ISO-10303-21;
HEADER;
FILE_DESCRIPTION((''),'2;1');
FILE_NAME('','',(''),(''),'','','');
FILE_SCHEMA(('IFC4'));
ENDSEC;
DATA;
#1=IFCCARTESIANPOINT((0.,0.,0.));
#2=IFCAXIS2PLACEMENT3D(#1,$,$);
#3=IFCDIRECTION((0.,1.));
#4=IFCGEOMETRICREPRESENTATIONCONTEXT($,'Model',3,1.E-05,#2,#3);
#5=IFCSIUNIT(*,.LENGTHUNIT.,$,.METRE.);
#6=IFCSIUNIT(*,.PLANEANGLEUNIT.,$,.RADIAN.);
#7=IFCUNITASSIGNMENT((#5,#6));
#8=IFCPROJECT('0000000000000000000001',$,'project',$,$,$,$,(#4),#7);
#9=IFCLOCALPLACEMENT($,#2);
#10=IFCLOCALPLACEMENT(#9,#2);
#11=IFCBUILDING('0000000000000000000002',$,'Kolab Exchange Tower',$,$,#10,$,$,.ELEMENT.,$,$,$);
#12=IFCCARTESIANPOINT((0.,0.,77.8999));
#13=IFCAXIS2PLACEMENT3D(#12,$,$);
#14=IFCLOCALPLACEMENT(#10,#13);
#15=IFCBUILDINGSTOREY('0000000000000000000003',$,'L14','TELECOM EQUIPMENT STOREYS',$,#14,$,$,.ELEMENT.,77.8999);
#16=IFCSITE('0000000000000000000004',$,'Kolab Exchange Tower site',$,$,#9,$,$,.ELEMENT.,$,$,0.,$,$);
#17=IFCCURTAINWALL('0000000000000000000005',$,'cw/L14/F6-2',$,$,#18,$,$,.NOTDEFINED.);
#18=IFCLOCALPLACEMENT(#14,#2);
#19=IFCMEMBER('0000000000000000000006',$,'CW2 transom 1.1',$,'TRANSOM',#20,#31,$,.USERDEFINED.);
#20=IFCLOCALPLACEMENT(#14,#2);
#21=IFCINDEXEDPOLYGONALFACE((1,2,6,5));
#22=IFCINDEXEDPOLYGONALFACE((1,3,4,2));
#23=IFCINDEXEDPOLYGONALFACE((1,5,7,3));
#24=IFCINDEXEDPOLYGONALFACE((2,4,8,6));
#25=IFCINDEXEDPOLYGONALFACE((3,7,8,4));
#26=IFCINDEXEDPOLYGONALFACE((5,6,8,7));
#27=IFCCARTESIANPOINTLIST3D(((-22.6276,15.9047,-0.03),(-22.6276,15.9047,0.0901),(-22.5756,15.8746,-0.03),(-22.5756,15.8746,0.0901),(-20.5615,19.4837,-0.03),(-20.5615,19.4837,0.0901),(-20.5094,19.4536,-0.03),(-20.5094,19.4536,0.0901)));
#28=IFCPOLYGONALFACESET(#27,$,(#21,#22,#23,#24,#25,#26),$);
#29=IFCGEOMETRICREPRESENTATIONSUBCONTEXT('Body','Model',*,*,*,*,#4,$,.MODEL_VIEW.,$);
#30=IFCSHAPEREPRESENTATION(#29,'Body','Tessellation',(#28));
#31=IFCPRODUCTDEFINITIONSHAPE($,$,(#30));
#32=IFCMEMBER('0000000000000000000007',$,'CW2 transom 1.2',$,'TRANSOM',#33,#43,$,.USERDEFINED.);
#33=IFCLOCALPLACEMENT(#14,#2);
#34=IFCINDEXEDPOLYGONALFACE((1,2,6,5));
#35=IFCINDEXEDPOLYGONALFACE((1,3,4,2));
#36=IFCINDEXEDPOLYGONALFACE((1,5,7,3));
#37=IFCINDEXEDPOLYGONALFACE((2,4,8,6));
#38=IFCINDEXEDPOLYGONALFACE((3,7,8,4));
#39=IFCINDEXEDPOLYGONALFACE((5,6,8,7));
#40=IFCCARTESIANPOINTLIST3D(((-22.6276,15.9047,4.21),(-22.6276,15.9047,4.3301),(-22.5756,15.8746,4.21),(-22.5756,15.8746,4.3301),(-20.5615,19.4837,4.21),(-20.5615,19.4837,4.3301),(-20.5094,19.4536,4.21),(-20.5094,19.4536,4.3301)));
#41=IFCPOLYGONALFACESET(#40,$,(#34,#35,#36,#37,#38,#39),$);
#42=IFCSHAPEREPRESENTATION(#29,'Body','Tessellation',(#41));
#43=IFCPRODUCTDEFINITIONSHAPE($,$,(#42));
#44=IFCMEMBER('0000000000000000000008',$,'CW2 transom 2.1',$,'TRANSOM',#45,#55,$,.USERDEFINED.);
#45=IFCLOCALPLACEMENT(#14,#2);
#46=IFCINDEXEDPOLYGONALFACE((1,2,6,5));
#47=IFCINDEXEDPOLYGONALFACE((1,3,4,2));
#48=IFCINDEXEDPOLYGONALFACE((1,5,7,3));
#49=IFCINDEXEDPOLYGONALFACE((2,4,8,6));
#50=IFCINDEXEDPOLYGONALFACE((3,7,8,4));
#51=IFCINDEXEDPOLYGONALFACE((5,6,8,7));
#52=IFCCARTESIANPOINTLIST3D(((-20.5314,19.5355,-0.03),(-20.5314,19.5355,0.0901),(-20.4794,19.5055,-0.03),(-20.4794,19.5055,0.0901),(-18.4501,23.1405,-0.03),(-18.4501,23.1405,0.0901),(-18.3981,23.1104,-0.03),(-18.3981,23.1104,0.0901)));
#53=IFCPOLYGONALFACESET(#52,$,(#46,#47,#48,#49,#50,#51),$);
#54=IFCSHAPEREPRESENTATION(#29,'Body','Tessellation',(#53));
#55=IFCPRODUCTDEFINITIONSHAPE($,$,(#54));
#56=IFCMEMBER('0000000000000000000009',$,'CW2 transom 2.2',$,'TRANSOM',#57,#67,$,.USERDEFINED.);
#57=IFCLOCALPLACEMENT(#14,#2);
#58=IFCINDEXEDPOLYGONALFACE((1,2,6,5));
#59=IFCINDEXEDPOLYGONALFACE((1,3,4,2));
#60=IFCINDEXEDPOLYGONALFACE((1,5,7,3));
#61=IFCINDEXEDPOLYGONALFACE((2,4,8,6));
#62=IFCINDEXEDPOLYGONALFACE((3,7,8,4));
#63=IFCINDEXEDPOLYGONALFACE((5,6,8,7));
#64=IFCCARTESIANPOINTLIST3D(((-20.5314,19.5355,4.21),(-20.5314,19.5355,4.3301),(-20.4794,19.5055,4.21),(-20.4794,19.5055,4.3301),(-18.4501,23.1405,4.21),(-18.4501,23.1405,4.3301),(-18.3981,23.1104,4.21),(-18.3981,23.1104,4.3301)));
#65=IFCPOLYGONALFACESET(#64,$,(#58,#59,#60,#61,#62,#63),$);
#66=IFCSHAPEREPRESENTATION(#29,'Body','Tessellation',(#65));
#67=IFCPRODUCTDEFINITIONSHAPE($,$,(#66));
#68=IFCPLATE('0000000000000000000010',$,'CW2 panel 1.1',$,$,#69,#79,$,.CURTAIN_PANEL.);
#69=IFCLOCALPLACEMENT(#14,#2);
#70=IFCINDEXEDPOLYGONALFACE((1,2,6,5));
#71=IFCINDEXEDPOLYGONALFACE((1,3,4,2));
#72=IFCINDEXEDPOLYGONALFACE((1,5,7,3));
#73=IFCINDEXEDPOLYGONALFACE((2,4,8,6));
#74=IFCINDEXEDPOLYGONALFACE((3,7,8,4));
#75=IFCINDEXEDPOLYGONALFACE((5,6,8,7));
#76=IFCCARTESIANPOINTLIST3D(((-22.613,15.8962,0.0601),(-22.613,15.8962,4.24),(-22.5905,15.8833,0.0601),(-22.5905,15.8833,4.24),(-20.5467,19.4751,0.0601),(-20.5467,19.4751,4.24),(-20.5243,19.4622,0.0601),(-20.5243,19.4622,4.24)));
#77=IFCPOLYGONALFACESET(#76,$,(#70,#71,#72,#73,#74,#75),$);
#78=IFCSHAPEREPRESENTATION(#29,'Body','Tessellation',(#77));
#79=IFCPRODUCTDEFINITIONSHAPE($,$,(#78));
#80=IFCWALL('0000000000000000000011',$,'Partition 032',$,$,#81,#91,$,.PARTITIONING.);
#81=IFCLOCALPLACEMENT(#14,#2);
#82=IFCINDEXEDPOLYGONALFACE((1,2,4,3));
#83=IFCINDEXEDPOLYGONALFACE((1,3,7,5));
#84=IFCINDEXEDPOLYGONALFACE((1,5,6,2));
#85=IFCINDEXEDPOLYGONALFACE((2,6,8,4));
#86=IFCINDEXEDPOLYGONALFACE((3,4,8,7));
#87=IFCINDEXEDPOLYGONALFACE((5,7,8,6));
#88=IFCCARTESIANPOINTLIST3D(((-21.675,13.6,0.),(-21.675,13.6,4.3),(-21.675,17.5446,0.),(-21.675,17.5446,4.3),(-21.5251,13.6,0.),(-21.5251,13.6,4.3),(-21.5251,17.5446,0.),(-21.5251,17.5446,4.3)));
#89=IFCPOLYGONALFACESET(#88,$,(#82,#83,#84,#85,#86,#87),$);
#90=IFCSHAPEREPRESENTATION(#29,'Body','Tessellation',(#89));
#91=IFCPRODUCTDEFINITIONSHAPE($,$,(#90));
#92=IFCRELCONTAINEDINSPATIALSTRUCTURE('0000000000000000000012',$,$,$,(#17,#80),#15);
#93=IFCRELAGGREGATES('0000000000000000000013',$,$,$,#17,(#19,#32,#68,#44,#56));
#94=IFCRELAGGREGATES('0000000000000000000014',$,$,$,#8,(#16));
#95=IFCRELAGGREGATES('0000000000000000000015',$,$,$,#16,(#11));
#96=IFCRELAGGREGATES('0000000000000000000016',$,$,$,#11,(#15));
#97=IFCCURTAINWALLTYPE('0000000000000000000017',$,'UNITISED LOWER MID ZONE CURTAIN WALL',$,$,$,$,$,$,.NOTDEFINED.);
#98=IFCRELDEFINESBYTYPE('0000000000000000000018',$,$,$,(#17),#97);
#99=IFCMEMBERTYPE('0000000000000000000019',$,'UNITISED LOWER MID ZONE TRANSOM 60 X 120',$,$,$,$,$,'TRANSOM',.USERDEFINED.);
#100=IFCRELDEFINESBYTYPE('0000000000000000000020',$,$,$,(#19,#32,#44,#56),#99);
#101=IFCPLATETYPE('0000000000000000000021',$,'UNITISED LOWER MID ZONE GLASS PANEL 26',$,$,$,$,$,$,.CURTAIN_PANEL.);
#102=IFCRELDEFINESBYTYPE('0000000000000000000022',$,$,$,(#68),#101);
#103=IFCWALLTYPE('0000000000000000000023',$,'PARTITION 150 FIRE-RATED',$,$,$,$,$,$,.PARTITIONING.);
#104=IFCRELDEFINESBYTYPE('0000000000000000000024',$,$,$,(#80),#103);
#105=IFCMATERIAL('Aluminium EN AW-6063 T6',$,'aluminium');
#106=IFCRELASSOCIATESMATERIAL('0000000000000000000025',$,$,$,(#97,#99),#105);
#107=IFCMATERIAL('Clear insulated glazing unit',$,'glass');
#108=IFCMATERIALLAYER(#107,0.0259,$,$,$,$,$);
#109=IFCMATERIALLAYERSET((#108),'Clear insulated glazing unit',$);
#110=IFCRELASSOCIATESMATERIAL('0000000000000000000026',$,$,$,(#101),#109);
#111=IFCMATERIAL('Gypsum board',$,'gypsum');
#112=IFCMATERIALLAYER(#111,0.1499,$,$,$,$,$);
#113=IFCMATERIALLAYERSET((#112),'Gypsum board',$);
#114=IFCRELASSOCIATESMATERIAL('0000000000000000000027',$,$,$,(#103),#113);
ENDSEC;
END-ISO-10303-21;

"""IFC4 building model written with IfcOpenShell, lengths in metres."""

from ifc_helpers import new_model, si_unit, direction, frame, frame_2d, origin, origin_2d, place, context, subcontext, project, spatial, rectangle, extrude, material, layer, layer_set, material_profile, profile_set, type_object, element, aggregate, save


model = new_model("IFC4")

# Units and contexts
model_context = context("Model", 3, precision=1e-05, world=origin(), true_north=direction((0.0, 1.0)))
body_context = subcontext(model_context, "Body", "Model", "MODEL_VIEW")
ifc_project = project(units=[si_unit("LENGTHUNIT", "METRE"), si_unit("PLANEANGLEUNIT", "RADIAN")], contexts=[model_context])

# Site, building, storey
site_placement = place(None, origin())
site = spatial("IfcSite", under=ifc_project, at=site_placement, Name="Kolab Exchange Tower site", CompositionType="ELEMENT", RefElevation=0.0)
building_placement = place(site_placement, origin())
building = spatial("IfcBuilding", under=site, at=building_placement, Name="Kolab Exchange Tower", CompositionType="ELEMENT")
storey_placement = place(building_placement, frame((0.0, 0.0, 77.8999)))
storey = spatial("IfcBuildingStorey", under=building, at=storey_placement, Name="L14", Description="TELECOM EQUIPMENT STOREYS", CompositionType="ELEMENT", Elevation=77.8999)

# Shared definitions
ifc_material_1 = material(Name="Aluminium EN AW-6063 T6", Category="aluminium")
curtain_wall_type = type_object("IfcCurtainWallType", Name="UNITISED LOWER MID ZONE CURTAIN WALL", PredefinedType="NOTDEFINED", material=ifc_material_1)

# Curtain wall, members, plate
curtain_wall_1_placement = place(storey_placement, origin())
curtain_wall_1 = element("IfcCurtainWall", 1, at=curtain_wall_1_placement, inside=storey, type_object=curtain_wall_type, Name="cw/L14/F6-2", PredefinedType="NOTDEFINED")
ifc_material_profile_1 = material_profile(ifc_material_1, rectangle(XDim=0.0601, YDim=0.1201, at=origin_2d()), Name="RECT 60X120")
ifc_profile_set_1 = profile_set([ifc_material_profile_1], Name="Aluminium EN AW-6063 T6")
member_type_1 = type_object("IfcMemberType", Name="UNITISED LOWER MID ZONE TRANSOM 60 X 120", ElementType="TRANSOM", PredefinedType="USERDEFINED", material=ifc_profile_set_1)
member_1_placement = place(storey_placement, frame((-22.6016, 15.8896, 0.03), z_axis=(0.499958, 0.86605, 0.0), x_axis=(-0.86605, 0.499958, 0.0)))
member_1 = element("IfcMember", 2, at=member_1_placement, type_object=member_type_1, Name="CW2 transom 1.1", ObjectType="TRANSOM", PredefinedType="USERDEFINED", context=body_context, shape_type="SweptSolid", body=[
    extrude(rectangle(XDim=0.0601, YDim=0.1201, at=origin_2d()), origin(), (0.0, 0.0, 1.0), 4.1326),
])
member_2_placement = place(storey_placement, frame((-22.6016, 15.8896, 4.27), z_axis=(0.499958, 0.86605, 0.0), x_axis=(-0.86605, 0.499958, 0.0)))
member_2 = element("IfcMember", 3, at=member_2_placement, type_object=member_type_1, Name="CW2 transom 1.2", ObjectType="TRANSOM", PredefinedType="USERDEFINED", context=body_context, shape_type="SweptSolid", body=[
    extrude(rectangle(XDim=0.0601, YDim=0.1201, at=origin_2d()), origin(), (0.0, 0.0, 1.0), 4.1326),
])
member_3_placement = place(storey_placement, frame((-20.5054, 19.5205, 0.03), z_axis=(0.499993, 0.866029, 0.0), x_axis=(-0.866029, 0.499993, 0.0)))
member_3 = element("IfcMember", 4, at=member_3_placement, type_object=member_type_1, Name="CW2 transom 2.1", ObjectType="TRANSOM", PredefinedType="USERDEFINED", context=body_context, shape_type="SweptSolid", body=[
    extrude(rectangle(XDim=0.0601, YDim=0.1201, at=origin_2d()), origin(), (0.0, 0.0, 1.0), 4.1626),
])
member_4_placement = place(storey_placement, frame((-20.5054, 19.5205, 4.27), z_axis=(0.499993, 0.866029, 0.0), x_axis=(-0.866029, 0.499993, 0.0)))
member_4 = element("IfcMember", 5, at=member_4_placement, type_object=member_type_1, Name="CW2 transom 2.2", ObjectType="TRANSOM", PredefinedType="USERDEFINED", context=body_context, shape_type="SweptSolid", body=[
    extrude(rectangle(XDim=0.0601, YDim=0.1201, at=origin_2d()), origin(), (0.0, 0.0, 1.0), 4.1626),
])
ifc_material_2 = material(Name="Clear insulated glazing unit", Category="glass")
ifc_layer_1 = layer(ifc_material_2, 0.0259)
ifc_layer_set_1 = layer_set([ifc_layer_1], Name="Clear insulated glazing unit")
plate_type = type_object("IfcPlateType", Name="UNITISED LOWER MID ZONE GLASS PANEL 26", PredefinedType="CURTAIN_PANEL", material=ifc_layer_set_1)
plate_placement = place(storey_placement, frame((-21.5686, 17.6792, 0.0601), z_axis=(0.0, 0.0, 1.0), x_axis=(0.5, 0.866025, 0.0)))
plate = element("IfcPlate", 6, at=plate_placement, type_object=plate_type, Name="CW2 panel 1.1", PredefinedType="CURTAIN_PANEL", context=body_context, shape_type="SweptSolid", body=[
    extrude(rectangle(XDim=4.1326, YDim=0.0259, at=origin_2d()), origin(), (0.0, 0.0, 1.0), 4.1799),
])
aggregate(curtain_wall_1, [member_1, member_2, plate, member_3, member_4])

# Wall
ifc_material_3 = material(Name="Gypsum board", Category="gypsum")
ifc_layer_2 = layer(ifc_material_3, 0.1499)
ifc_layer_set_2 = layer_set([ifc_layer_2], Name="Gypsum board")
wall_type_1 = type_object("IfcWallType", Name="PARTITION 150 FIRE-RATED", PredefinedType="PARTITIONING", material=ifc_layer_set_2)
wall_1_placement = place(storey_placement, frame((-21.6001, 13.6001, 0.0), z_axis=(0.0, 0.0, 1.0), x_axis=(0.0, 1.0, 0.0)))
element("IfcWall", 7, at=wall_1_placement, inside=storey, type_object=wall_type_1, Name="Partition 032", PredefinedType="PARTITIONING", context=body_context, shape_type="SweptSolid", body=[
    extrude(rectangle(XDim=3.9446, YDim=0.1499, at=frame_2d((1.9722, 0.0))), origin(), (0.0, 0.0, 1.0), 4.3),
])

save(model, "model.ifc")
